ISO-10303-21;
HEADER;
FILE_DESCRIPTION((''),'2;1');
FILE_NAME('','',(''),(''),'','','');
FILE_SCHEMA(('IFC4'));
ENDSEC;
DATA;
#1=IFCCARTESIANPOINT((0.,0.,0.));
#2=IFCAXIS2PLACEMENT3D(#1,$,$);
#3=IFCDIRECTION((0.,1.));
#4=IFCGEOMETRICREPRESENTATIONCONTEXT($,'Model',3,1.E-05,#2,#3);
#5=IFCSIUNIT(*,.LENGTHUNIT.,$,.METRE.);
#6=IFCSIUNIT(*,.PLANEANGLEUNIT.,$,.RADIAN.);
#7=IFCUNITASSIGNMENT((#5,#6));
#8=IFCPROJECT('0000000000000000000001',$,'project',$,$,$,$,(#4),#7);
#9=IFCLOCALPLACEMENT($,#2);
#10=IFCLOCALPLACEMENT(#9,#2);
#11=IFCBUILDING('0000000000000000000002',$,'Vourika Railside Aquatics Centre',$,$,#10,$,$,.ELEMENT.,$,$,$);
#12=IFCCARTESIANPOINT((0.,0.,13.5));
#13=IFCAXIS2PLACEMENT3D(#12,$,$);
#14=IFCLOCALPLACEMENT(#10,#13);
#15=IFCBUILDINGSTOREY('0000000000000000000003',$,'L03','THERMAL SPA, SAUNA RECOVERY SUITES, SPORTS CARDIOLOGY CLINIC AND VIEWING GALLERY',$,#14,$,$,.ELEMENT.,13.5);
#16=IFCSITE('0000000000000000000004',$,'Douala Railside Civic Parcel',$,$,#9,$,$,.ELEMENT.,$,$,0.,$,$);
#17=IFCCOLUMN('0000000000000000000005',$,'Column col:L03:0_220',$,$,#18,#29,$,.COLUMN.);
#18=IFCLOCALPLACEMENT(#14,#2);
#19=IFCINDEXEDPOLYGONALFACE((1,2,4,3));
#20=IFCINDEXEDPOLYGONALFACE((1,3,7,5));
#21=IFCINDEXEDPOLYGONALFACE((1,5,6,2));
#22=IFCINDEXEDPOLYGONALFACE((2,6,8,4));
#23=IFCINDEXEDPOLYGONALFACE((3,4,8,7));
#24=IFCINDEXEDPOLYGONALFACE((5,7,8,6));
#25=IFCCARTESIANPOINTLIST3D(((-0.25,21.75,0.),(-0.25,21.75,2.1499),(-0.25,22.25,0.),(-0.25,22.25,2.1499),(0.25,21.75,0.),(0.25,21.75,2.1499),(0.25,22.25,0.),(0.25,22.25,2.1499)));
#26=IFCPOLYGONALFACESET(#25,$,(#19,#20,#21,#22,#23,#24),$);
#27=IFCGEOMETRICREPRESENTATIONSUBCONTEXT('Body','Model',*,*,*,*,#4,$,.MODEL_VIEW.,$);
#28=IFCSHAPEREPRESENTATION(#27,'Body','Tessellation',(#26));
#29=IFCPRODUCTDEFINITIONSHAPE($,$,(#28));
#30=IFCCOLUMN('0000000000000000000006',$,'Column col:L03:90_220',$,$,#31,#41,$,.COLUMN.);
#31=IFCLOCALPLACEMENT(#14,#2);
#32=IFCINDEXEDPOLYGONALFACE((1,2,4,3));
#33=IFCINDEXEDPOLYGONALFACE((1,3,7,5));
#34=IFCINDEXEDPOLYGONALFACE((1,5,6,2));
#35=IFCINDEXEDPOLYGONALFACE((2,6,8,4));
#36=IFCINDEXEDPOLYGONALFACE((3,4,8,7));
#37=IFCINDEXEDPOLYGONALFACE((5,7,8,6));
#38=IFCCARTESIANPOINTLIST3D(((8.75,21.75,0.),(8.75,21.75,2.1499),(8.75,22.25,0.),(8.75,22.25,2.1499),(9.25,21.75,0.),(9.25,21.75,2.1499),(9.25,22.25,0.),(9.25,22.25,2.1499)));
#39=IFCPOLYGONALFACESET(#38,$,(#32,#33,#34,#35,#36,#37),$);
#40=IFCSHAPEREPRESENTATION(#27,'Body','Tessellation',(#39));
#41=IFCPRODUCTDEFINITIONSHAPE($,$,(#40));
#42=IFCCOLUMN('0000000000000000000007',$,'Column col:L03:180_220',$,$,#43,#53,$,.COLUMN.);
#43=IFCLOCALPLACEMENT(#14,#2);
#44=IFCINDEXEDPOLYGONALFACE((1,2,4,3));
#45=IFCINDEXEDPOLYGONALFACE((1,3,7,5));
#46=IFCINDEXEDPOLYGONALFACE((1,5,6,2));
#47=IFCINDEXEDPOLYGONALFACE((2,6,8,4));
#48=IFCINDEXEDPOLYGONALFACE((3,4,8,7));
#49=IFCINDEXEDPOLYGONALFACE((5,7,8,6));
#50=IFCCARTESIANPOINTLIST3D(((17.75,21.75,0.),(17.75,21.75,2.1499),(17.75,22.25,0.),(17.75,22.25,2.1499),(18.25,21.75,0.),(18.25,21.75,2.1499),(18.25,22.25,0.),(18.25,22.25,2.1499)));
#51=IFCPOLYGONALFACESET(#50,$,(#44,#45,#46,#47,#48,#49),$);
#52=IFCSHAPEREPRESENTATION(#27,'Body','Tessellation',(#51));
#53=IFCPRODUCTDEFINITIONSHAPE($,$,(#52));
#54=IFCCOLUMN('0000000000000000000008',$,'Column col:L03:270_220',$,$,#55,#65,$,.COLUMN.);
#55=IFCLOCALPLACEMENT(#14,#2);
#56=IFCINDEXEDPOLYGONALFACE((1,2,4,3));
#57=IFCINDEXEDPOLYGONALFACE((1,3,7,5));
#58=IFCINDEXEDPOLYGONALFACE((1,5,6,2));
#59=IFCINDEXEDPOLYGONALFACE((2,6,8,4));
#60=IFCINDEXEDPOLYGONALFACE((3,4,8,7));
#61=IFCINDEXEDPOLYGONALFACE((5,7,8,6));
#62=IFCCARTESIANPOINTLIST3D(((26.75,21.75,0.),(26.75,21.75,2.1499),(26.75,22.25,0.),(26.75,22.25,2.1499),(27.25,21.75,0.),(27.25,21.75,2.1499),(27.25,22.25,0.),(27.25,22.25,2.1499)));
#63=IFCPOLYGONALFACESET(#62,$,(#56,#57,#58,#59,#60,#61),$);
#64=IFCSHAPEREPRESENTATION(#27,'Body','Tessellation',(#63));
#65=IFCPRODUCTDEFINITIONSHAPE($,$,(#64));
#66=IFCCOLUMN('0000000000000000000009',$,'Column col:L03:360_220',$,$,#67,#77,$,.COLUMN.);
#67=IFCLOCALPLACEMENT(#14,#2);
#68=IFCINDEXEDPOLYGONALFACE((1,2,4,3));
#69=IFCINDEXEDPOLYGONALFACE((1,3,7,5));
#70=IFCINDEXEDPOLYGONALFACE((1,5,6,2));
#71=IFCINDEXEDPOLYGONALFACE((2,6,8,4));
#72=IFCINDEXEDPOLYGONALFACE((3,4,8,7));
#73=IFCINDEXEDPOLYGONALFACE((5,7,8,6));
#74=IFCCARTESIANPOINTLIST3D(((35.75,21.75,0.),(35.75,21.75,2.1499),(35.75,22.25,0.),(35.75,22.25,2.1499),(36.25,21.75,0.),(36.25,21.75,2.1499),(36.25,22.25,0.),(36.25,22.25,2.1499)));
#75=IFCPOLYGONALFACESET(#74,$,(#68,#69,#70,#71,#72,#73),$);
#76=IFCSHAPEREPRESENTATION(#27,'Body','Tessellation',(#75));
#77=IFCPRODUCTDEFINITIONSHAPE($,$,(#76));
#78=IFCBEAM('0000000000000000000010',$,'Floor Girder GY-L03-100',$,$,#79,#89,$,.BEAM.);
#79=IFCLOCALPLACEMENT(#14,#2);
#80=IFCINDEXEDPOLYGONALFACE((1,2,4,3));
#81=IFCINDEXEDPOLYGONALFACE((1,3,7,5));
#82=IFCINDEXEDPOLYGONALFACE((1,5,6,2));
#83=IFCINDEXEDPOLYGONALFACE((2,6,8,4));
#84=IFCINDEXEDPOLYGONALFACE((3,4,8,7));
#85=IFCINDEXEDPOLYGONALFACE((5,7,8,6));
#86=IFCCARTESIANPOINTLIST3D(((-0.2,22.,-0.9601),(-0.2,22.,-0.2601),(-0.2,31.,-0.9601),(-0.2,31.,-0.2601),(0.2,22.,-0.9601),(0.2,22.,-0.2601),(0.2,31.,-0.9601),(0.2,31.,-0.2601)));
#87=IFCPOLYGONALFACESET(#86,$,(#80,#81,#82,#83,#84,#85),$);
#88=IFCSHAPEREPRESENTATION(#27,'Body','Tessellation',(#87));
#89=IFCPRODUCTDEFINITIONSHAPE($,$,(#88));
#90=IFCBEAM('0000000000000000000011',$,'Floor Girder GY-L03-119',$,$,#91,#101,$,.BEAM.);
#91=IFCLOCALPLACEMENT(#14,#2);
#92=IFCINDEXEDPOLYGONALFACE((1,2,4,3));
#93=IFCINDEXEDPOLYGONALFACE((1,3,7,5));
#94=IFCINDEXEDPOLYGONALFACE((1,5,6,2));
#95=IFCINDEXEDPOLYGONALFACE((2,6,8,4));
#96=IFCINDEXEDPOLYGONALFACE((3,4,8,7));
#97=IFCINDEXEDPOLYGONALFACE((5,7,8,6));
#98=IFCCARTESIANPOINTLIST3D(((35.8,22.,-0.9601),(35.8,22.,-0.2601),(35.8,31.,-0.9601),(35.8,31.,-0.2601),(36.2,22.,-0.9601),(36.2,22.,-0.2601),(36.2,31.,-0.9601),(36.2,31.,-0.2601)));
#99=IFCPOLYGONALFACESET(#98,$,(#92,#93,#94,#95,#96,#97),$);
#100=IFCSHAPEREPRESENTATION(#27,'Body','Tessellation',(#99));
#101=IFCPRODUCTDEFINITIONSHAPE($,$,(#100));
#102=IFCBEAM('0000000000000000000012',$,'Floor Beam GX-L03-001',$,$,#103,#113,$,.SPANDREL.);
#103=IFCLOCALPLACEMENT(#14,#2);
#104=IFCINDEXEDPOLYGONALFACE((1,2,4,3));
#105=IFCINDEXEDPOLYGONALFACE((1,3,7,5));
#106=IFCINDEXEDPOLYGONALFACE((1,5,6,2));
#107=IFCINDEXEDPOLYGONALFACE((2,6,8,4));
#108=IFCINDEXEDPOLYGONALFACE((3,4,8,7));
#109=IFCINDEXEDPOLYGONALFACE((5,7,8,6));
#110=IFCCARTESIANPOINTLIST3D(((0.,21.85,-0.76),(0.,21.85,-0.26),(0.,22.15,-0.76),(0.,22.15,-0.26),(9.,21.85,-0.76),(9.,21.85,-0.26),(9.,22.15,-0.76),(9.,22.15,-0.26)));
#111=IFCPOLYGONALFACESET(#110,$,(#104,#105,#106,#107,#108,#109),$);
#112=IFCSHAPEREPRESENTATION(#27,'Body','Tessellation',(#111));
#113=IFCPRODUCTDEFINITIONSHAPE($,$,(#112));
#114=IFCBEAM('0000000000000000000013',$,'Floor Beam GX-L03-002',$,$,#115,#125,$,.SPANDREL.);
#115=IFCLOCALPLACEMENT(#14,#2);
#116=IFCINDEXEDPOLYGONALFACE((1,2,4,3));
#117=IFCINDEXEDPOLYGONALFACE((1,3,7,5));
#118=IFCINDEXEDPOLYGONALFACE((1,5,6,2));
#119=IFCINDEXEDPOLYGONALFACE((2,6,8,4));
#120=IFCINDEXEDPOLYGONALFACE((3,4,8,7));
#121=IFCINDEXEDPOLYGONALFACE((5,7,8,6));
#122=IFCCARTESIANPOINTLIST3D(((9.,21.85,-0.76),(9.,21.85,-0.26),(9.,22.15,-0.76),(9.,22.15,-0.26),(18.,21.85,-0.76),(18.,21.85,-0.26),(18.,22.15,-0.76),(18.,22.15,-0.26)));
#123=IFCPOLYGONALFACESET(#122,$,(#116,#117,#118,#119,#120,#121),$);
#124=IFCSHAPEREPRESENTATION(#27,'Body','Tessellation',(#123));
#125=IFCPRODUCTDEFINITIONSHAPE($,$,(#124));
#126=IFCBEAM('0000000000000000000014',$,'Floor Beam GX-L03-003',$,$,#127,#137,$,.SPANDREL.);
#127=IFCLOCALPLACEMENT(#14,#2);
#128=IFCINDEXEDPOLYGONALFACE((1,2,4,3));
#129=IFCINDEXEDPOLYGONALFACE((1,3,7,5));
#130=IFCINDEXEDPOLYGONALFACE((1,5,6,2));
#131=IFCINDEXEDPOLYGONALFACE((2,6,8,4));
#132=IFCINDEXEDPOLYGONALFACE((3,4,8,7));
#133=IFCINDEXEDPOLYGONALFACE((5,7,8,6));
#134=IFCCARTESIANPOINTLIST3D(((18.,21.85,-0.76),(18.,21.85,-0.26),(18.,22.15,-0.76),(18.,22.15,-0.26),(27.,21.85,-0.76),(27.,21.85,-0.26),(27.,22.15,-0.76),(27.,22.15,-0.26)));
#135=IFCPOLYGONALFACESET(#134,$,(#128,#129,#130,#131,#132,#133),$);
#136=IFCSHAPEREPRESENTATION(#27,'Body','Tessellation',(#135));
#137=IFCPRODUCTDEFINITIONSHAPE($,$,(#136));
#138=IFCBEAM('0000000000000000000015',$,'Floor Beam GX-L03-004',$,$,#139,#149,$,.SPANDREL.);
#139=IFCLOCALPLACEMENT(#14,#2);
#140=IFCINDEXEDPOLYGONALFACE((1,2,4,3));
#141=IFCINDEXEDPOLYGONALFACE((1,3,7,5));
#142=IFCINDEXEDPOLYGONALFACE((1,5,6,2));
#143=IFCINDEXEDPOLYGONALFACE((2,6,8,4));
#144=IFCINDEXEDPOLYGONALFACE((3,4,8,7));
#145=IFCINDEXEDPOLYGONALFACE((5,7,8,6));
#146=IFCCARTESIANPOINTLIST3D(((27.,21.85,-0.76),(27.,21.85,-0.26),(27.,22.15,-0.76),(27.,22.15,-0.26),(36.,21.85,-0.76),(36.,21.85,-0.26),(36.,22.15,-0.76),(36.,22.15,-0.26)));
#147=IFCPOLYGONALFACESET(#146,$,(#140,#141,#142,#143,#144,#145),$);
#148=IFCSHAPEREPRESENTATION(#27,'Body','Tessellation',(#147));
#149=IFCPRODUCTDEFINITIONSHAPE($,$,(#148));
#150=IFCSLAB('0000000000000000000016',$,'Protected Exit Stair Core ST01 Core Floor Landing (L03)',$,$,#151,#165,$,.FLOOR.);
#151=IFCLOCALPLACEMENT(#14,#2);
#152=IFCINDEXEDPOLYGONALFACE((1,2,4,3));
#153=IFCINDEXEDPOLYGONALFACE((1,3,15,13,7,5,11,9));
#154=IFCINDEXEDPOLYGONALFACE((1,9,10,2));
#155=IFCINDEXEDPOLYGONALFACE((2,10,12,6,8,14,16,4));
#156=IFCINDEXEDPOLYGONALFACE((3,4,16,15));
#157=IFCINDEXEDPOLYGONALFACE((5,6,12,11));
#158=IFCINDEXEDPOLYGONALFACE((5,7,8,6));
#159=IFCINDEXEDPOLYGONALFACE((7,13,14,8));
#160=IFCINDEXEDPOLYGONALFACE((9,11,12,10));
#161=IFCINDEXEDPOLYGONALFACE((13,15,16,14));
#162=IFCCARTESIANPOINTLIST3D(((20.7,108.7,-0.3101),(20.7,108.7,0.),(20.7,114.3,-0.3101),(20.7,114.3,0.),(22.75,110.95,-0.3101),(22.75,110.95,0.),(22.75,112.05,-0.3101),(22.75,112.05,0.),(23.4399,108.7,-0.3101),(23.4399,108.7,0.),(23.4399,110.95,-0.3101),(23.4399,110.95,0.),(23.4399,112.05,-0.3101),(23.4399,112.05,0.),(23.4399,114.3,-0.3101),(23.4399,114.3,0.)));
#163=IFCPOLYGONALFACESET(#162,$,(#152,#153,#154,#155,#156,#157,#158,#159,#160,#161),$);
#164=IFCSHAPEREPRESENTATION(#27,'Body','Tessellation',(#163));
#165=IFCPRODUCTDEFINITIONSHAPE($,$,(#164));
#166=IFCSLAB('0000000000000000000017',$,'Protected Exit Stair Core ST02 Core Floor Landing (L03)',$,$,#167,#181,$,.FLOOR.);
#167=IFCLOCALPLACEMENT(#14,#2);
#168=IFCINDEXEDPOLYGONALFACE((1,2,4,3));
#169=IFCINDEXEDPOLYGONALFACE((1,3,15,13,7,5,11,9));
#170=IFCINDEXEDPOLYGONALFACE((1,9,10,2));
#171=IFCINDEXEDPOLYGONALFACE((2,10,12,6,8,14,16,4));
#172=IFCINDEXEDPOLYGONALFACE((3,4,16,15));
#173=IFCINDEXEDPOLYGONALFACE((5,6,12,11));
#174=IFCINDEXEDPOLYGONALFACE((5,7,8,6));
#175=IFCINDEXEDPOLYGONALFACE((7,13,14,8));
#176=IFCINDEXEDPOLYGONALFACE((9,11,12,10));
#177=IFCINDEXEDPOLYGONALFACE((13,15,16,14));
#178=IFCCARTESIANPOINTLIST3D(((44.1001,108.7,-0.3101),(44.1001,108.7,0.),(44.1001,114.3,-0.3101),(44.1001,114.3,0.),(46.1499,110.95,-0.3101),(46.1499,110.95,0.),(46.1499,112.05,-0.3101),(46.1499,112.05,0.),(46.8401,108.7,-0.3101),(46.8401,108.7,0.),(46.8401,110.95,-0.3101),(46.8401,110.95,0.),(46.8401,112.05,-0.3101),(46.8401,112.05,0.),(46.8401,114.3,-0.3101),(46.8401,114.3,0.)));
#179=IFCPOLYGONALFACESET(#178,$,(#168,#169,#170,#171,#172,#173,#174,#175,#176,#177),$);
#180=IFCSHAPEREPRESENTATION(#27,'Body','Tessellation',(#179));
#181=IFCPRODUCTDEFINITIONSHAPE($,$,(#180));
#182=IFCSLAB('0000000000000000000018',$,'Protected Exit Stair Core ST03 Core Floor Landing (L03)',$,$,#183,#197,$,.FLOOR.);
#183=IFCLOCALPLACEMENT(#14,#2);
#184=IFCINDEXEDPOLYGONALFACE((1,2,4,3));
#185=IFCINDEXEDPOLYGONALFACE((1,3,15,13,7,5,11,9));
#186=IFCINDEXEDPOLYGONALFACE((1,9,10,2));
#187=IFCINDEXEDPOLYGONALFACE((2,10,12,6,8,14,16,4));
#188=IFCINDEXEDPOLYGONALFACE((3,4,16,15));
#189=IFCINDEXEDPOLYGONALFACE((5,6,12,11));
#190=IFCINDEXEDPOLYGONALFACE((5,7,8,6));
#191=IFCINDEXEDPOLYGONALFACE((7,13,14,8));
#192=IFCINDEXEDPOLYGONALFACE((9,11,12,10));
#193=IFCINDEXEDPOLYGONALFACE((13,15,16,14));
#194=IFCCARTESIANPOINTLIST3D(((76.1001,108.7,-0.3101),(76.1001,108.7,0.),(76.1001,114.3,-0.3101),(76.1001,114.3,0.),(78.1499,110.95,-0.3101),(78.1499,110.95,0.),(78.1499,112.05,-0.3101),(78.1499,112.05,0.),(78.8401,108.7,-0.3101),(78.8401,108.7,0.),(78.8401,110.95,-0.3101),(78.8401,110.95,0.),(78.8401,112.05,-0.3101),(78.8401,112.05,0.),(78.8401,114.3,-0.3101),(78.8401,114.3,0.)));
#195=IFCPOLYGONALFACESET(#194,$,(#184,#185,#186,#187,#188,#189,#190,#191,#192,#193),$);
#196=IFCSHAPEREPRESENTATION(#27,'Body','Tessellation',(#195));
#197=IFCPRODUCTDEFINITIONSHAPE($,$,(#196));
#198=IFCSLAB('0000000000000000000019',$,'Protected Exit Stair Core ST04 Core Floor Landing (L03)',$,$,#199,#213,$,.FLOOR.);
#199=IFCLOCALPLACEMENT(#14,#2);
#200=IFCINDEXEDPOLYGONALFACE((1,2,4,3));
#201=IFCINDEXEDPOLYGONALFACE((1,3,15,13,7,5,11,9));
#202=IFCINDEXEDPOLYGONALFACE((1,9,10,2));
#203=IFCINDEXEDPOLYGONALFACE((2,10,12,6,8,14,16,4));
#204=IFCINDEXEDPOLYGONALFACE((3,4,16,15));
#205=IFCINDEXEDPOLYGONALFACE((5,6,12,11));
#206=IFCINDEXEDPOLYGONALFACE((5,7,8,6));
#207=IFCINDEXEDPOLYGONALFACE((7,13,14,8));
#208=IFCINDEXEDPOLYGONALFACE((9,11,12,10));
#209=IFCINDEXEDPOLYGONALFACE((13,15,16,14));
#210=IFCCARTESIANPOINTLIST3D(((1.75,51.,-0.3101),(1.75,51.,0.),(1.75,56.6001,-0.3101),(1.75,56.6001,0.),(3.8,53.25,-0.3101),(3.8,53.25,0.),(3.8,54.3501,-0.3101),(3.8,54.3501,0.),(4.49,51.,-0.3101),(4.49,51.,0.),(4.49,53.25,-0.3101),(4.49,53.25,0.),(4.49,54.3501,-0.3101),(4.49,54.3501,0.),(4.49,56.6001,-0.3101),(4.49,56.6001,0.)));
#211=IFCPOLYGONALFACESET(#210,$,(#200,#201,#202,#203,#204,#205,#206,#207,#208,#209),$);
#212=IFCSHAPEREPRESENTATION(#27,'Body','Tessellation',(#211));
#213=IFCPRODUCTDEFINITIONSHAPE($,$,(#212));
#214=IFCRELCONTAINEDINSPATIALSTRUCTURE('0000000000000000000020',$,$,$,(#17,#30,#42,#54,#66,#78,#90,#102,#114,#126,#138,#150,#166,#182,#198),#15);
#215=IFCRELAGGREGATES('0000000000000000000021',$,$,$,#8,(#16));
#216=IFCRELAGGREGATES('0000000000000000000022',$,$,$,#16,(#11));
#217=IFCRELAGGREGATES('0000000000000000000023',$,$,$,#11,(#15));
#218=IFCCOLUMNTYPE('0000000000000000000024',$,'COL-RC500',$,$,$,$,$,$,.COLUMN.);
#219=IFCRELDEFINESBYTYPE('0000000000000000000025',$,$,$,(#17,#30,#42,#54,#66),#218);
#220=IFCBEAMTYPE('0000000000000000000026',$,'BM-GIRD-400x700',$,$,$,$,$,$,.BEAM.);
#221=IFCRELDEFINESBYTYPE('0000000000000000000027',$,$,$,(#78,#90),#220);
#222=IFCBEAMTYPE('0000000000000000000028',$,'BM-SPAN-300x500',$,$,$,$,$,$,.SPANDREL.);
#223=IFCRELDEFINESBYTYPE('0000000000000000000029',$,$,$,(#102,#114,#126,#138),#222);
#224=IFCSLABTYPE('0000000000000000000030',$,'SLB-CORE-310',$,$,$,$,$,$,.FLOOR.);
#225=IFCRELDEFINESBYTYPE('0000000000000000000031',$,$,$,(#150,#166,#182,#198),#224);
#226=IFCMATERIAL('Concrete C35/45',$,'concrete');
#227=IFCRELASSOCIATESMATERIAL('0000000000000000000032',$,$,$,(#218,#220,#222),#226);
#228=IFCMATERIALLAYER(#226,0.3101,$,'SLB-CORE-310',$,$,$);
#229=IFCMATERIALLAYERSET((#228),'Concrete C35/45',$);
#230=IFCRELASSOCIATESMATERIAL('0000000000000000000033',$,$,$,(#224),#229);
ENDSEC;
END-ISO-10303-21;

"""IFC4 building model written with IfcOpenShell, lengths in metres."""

from ifc_helpers import new_model, si_unit, direction, frame, origin, origin_2d, place, context, subcontext, project, spatial, polyline, rectangle, outline, extrude, material, layer, layer_set, material_profile, profile_set, type_object, element, save


model = new_model("IFC4")

# Units and contexts
model_context = context("Model", 3, precision=1e-05, world=origin(), true_north=direction((0.0, 1.0)))
body_context = subcontext(model_context, "Body", "Model", "MODEL_VIEW")
ifc_project = project(units=[si_unit("LENGTHUNIT", "METRE"), si_unit("PLANEANGLEUNIT", "RADIAN")], contexts=[model_context])

# Site, building, storey
site_placement = place(None, origin())
site = spatial("IfcSite", under=ifc_project, at=site_placement, Name="Douala Railside Civic Parcel", CompositionType="ELEMENT", RefElevation=0.0)
building_placement = place(site_placement, origin())
building = spatial("IfcBuilding", under=site, at=building_placement, Name="Vourika Railside Aquatics Centre", CompositionType="ELEMENT")
storey_placement = place(building_placement, frame((0.0, 0.0, 13.5)))
storey = spatial("IfcBuildingStorey", under=building, at=storey_placement, Name="L03", Description="THERMAL SPA, SAUNA RECOVERY SUITES, SPORTS CARDIOLOGY CLINIC AND VIEWING GALLERY", CompositionType="ELEMENT", Elevation=13.5)

# Columns
ifc_material_1 = material(Name="Concrete C35/45", Category="concrete")
ifc_material_profile_1 = material_profile(ifc_material_1, rectangle(XDim=0.5, YDim=0.5, at=origin_2d()), Name="RC 500x500")
ifc_profile_set_1 = profile_set([ifc_material_profile_1], Name="Concrete C35/45")
column_type = type_object("IfcColumnType", Name="COL-RC500", PredefinedType="COLUMN", material=ifc_profile_set_1)
for number, where, z_axis, x_axis, name in (
    (1, (0.0, 22.0, 0.0), (0.0, 0.0, 1.0), (1.0, 0.0, 0.0), "Column col:L03:0_220"),
    (2, (9.0, 22.0, 0.0), (0.0, 0.0, 1.0), (1.0, 0.0, 0.0), "Column col:L03:90_220"),
    (3, (18.0, 22.0, 0.0), (0.0, 0.0, 1.0), (1.0, 0.0, 0.0), "Column col:L03:180_220"),
    (4, (27.0, 22.0, 0.0), (0.0, 0.0, 1.0), (1.0, 0.0, 0.0), "Column col:L03:270_220"),
    (5, (36.0, 22.0, 0.0), (0.0, 0.0, 1.0), (1.0, 0.0, 0.0), "Column col:L03:360_220"),
):
    element("IfcColumn", number, at=place(storey_placement, frame(where, z_axis=z_axis, x_axis=x_axis)), inside=storey, type_object=column_type, Name=name, PredefinedType="COLUMN", context=body_context, shape_type="SweptSolid", body=[
        extrude(rectangle(XDim=0.5, YDim=0.5, at=origin_2d()), origin(), (0.0, 0.0, 1.0), 2.1499),
    ])

# Beams
ifc_material_profile_2 = material_profile(ifc_material_1, rectangle(XDim=0.3999, YDim=0.7, at=origin_2d()), Name="RC 400x700")
ifc_profile_set_2 = profile_set([ifc_material_profile_2], Name="Concrete C35/45")
beam_type_1 = type_object("IfcBeamType", Name="BM-GIRD-400x700", PredefinedType="BEAM", material=ifc_profile_set_2)
for number, where, z_axis, x_axis, name in (
    (6, (0.0, 22.0, -0.6101), (0.0, 1.0, 0.0), (-1.0, 0.0, 0.0), "Floor Girder GY-L03-100"),
    (7, (36.0, 22.0, -0.6101), (0.0, 1.0, 0.0), (-1.0, 0.0, 0.0), "Floor Girder GY-L03-119"),
):
    element("IfcBeam", number, at=place(storey_placement, frame(where, z_axis=z_axis, x_axis=x_axis)), inside=storey, type_object=beam_type_1, Name=name, PredefinedType="BEAM", context=body_context, shape_type="SweptSolid", body=[
        extrude(rectangle(XDim=0.3999, YDim=0.7, at=origin_2d()), origin(), (0.0, 0.0, 1.0), 9.0),
    ])
ifc_material_profile_3 = material_profile(ifc_material_1, rectangle(XDim=0.3, YDim=0.5, at=origin_2d()), Name="RC 300x500")
ifc_profile_set_3 = profile_set([ifc_material_profile_3], Name="Concrete C35/45")
beam_type_2 = type_object("IfcBeamType", Name="BM-SPAN-300x500", PredefinedType="SPANDREL", material=ifc_profile_set_3)
for number, where, z_axis, x_axis, name in (
    (8, (0.0, 22.0, -0.51), (1.0, 0.0, 0.0), (0.0, 1.0, 0.0), "Floor Beam GX-L03-001"),
    (9, (9.0, 22.0, -0.51), (1.0, 0.0, 0.0), (0.0, 1.0, 0.0), "Floor Beam GX-L03-002"),
    (10, (18.0, 22.0, -0.51), (1.0, 0.0, 0.0), (0.0, 1.0, 0.0), "Floor Beam GX-L03-003"),
    (11, (27.0, 22.0, -0.51), (1.0, 0.0, 0.0), (0.0, 1.0, 0.0), "Floor Beam GX-L03-004"),
):
    element("IfcBeam", number, at=place(storey_placement, frame(where, z_axis=z_axis, x_axis=x_axis)), inside=storey, type_object=beam_type_2, Name=name, PredefinedType="SPANDREL", context=body_context, shape_type="SweptSolid", body=[
        extrude(rectangle(XDim=0.3, YDim=0.5, at=origin_2d()), origin(), (0.0, 0.0, 1.0), 9.0),
    ])

# Slabs
ifc_layer_1 = layer(ifc_material_1, 0.3101, Name="SLB-CORE-310")
ifc_layer_set_1 = layer_set([ifc_layer_1], Name="Concrete C35/45")
slab_type_1 = type_object("IfcSlabType", Name="SLB-CORE-310", PredefinedType="FLOOR", material=ifc_layer_set_1)
slab_1_placement = place(storey_placement, frame((0.0, 0.0, -0.3101)))
element("IfcSlab", 12, at=slab_1_placement, inside=storey, type_object=slab_type_1, Name="Protected Exit Stair Core ST01 Core Floor Landing (L03)", PredefinedType="FLOOR", context=body_context, shape_type="SweptSolid", body=[
    extrude(outline(polyline([(20.7, 108.7), (23.4399, 108.7), (23.4399, 110.95), (22.75, 110.95), (22.75, 112.05), (23.4399, 112.05), (23.4399, 114.3), (20.7, 114.3), (20.7, 108.7)])), origin(), (0.0, 0.0, 1.0), 0.3101),
])
slab_2_placement = place(storey_placement, frame((0.0, 0.0, -0.3101)))
element("IfcSlab", 13, at=slab_2_placement, inside=storey, type_object=slab_type_1, Name="Protected Exit Stair Core ST02 Core Floor Landing (L03)", PredefinedType="FLOOR", context=body_context, shape_type="SweptSolid", body=[
    extrude(outline(polyline([(44.1001, 108.7), (46.8401, 108.7), (46.8401, 110.95), (46.1499, 110.95), (46.1499, 112.05), (46.8401, 112.05), (46.8401, 114.3), (44.1001, 114.3), (44.1001, 108.7)])), origin(), (0.0, 0.0, 1.0), 0.3101),
])
slab_3_placement = place(storey_placement, frame((0.0, 0.0, -0.3101)))
element("IfcSlab", 14, at=slab_3_placement, inside=storey, type_object=slab_type_1, Name="Protected Exit Stair Core ST03 Core Floor Landing (L03)", PredefinedType="FLOOR", context=body_context, shape_type="SweptSolid", body=[
    extrude(outline(polyline([(76.1001, 108.7), (78.8401, 108.7), (78.8401, 110.95), (78.1499, 110.95), (78.1499, 112.05), (78.8401, 112.05), (78.8401, 114.3), (76.1001, 114.3), (76.1001, 108.7)])), origin(), (0.0, 0.0, 1.0), 0.3101),
])
slab_4_placement = place(storey_placement, frame((0.0, 0.0, -0.3101)))
element("IfcSlab", 15, at=slab_4_placement, inside=storey, type_object=slab_type_1, Name="Protected Exit Stair Core ST04 Core Floor Landing (L03)", PredefinedType="FLOOR", context=body_context, shape_type="SweptSolid", body=[
    extrude(outline(polyline([(1.75, 51.0), (4.49, 51.0), (4.49, 53.25), (3.8, 53.25), (3.8, 54.3501), (4.49, 54.3501), (4.49, 56.6001), (1.75, 56.6001), (1.75, 51.0)])), origin(), (0.0, 0.0, 1.0), 0.3101),
])

save(model, "model.ifc")
